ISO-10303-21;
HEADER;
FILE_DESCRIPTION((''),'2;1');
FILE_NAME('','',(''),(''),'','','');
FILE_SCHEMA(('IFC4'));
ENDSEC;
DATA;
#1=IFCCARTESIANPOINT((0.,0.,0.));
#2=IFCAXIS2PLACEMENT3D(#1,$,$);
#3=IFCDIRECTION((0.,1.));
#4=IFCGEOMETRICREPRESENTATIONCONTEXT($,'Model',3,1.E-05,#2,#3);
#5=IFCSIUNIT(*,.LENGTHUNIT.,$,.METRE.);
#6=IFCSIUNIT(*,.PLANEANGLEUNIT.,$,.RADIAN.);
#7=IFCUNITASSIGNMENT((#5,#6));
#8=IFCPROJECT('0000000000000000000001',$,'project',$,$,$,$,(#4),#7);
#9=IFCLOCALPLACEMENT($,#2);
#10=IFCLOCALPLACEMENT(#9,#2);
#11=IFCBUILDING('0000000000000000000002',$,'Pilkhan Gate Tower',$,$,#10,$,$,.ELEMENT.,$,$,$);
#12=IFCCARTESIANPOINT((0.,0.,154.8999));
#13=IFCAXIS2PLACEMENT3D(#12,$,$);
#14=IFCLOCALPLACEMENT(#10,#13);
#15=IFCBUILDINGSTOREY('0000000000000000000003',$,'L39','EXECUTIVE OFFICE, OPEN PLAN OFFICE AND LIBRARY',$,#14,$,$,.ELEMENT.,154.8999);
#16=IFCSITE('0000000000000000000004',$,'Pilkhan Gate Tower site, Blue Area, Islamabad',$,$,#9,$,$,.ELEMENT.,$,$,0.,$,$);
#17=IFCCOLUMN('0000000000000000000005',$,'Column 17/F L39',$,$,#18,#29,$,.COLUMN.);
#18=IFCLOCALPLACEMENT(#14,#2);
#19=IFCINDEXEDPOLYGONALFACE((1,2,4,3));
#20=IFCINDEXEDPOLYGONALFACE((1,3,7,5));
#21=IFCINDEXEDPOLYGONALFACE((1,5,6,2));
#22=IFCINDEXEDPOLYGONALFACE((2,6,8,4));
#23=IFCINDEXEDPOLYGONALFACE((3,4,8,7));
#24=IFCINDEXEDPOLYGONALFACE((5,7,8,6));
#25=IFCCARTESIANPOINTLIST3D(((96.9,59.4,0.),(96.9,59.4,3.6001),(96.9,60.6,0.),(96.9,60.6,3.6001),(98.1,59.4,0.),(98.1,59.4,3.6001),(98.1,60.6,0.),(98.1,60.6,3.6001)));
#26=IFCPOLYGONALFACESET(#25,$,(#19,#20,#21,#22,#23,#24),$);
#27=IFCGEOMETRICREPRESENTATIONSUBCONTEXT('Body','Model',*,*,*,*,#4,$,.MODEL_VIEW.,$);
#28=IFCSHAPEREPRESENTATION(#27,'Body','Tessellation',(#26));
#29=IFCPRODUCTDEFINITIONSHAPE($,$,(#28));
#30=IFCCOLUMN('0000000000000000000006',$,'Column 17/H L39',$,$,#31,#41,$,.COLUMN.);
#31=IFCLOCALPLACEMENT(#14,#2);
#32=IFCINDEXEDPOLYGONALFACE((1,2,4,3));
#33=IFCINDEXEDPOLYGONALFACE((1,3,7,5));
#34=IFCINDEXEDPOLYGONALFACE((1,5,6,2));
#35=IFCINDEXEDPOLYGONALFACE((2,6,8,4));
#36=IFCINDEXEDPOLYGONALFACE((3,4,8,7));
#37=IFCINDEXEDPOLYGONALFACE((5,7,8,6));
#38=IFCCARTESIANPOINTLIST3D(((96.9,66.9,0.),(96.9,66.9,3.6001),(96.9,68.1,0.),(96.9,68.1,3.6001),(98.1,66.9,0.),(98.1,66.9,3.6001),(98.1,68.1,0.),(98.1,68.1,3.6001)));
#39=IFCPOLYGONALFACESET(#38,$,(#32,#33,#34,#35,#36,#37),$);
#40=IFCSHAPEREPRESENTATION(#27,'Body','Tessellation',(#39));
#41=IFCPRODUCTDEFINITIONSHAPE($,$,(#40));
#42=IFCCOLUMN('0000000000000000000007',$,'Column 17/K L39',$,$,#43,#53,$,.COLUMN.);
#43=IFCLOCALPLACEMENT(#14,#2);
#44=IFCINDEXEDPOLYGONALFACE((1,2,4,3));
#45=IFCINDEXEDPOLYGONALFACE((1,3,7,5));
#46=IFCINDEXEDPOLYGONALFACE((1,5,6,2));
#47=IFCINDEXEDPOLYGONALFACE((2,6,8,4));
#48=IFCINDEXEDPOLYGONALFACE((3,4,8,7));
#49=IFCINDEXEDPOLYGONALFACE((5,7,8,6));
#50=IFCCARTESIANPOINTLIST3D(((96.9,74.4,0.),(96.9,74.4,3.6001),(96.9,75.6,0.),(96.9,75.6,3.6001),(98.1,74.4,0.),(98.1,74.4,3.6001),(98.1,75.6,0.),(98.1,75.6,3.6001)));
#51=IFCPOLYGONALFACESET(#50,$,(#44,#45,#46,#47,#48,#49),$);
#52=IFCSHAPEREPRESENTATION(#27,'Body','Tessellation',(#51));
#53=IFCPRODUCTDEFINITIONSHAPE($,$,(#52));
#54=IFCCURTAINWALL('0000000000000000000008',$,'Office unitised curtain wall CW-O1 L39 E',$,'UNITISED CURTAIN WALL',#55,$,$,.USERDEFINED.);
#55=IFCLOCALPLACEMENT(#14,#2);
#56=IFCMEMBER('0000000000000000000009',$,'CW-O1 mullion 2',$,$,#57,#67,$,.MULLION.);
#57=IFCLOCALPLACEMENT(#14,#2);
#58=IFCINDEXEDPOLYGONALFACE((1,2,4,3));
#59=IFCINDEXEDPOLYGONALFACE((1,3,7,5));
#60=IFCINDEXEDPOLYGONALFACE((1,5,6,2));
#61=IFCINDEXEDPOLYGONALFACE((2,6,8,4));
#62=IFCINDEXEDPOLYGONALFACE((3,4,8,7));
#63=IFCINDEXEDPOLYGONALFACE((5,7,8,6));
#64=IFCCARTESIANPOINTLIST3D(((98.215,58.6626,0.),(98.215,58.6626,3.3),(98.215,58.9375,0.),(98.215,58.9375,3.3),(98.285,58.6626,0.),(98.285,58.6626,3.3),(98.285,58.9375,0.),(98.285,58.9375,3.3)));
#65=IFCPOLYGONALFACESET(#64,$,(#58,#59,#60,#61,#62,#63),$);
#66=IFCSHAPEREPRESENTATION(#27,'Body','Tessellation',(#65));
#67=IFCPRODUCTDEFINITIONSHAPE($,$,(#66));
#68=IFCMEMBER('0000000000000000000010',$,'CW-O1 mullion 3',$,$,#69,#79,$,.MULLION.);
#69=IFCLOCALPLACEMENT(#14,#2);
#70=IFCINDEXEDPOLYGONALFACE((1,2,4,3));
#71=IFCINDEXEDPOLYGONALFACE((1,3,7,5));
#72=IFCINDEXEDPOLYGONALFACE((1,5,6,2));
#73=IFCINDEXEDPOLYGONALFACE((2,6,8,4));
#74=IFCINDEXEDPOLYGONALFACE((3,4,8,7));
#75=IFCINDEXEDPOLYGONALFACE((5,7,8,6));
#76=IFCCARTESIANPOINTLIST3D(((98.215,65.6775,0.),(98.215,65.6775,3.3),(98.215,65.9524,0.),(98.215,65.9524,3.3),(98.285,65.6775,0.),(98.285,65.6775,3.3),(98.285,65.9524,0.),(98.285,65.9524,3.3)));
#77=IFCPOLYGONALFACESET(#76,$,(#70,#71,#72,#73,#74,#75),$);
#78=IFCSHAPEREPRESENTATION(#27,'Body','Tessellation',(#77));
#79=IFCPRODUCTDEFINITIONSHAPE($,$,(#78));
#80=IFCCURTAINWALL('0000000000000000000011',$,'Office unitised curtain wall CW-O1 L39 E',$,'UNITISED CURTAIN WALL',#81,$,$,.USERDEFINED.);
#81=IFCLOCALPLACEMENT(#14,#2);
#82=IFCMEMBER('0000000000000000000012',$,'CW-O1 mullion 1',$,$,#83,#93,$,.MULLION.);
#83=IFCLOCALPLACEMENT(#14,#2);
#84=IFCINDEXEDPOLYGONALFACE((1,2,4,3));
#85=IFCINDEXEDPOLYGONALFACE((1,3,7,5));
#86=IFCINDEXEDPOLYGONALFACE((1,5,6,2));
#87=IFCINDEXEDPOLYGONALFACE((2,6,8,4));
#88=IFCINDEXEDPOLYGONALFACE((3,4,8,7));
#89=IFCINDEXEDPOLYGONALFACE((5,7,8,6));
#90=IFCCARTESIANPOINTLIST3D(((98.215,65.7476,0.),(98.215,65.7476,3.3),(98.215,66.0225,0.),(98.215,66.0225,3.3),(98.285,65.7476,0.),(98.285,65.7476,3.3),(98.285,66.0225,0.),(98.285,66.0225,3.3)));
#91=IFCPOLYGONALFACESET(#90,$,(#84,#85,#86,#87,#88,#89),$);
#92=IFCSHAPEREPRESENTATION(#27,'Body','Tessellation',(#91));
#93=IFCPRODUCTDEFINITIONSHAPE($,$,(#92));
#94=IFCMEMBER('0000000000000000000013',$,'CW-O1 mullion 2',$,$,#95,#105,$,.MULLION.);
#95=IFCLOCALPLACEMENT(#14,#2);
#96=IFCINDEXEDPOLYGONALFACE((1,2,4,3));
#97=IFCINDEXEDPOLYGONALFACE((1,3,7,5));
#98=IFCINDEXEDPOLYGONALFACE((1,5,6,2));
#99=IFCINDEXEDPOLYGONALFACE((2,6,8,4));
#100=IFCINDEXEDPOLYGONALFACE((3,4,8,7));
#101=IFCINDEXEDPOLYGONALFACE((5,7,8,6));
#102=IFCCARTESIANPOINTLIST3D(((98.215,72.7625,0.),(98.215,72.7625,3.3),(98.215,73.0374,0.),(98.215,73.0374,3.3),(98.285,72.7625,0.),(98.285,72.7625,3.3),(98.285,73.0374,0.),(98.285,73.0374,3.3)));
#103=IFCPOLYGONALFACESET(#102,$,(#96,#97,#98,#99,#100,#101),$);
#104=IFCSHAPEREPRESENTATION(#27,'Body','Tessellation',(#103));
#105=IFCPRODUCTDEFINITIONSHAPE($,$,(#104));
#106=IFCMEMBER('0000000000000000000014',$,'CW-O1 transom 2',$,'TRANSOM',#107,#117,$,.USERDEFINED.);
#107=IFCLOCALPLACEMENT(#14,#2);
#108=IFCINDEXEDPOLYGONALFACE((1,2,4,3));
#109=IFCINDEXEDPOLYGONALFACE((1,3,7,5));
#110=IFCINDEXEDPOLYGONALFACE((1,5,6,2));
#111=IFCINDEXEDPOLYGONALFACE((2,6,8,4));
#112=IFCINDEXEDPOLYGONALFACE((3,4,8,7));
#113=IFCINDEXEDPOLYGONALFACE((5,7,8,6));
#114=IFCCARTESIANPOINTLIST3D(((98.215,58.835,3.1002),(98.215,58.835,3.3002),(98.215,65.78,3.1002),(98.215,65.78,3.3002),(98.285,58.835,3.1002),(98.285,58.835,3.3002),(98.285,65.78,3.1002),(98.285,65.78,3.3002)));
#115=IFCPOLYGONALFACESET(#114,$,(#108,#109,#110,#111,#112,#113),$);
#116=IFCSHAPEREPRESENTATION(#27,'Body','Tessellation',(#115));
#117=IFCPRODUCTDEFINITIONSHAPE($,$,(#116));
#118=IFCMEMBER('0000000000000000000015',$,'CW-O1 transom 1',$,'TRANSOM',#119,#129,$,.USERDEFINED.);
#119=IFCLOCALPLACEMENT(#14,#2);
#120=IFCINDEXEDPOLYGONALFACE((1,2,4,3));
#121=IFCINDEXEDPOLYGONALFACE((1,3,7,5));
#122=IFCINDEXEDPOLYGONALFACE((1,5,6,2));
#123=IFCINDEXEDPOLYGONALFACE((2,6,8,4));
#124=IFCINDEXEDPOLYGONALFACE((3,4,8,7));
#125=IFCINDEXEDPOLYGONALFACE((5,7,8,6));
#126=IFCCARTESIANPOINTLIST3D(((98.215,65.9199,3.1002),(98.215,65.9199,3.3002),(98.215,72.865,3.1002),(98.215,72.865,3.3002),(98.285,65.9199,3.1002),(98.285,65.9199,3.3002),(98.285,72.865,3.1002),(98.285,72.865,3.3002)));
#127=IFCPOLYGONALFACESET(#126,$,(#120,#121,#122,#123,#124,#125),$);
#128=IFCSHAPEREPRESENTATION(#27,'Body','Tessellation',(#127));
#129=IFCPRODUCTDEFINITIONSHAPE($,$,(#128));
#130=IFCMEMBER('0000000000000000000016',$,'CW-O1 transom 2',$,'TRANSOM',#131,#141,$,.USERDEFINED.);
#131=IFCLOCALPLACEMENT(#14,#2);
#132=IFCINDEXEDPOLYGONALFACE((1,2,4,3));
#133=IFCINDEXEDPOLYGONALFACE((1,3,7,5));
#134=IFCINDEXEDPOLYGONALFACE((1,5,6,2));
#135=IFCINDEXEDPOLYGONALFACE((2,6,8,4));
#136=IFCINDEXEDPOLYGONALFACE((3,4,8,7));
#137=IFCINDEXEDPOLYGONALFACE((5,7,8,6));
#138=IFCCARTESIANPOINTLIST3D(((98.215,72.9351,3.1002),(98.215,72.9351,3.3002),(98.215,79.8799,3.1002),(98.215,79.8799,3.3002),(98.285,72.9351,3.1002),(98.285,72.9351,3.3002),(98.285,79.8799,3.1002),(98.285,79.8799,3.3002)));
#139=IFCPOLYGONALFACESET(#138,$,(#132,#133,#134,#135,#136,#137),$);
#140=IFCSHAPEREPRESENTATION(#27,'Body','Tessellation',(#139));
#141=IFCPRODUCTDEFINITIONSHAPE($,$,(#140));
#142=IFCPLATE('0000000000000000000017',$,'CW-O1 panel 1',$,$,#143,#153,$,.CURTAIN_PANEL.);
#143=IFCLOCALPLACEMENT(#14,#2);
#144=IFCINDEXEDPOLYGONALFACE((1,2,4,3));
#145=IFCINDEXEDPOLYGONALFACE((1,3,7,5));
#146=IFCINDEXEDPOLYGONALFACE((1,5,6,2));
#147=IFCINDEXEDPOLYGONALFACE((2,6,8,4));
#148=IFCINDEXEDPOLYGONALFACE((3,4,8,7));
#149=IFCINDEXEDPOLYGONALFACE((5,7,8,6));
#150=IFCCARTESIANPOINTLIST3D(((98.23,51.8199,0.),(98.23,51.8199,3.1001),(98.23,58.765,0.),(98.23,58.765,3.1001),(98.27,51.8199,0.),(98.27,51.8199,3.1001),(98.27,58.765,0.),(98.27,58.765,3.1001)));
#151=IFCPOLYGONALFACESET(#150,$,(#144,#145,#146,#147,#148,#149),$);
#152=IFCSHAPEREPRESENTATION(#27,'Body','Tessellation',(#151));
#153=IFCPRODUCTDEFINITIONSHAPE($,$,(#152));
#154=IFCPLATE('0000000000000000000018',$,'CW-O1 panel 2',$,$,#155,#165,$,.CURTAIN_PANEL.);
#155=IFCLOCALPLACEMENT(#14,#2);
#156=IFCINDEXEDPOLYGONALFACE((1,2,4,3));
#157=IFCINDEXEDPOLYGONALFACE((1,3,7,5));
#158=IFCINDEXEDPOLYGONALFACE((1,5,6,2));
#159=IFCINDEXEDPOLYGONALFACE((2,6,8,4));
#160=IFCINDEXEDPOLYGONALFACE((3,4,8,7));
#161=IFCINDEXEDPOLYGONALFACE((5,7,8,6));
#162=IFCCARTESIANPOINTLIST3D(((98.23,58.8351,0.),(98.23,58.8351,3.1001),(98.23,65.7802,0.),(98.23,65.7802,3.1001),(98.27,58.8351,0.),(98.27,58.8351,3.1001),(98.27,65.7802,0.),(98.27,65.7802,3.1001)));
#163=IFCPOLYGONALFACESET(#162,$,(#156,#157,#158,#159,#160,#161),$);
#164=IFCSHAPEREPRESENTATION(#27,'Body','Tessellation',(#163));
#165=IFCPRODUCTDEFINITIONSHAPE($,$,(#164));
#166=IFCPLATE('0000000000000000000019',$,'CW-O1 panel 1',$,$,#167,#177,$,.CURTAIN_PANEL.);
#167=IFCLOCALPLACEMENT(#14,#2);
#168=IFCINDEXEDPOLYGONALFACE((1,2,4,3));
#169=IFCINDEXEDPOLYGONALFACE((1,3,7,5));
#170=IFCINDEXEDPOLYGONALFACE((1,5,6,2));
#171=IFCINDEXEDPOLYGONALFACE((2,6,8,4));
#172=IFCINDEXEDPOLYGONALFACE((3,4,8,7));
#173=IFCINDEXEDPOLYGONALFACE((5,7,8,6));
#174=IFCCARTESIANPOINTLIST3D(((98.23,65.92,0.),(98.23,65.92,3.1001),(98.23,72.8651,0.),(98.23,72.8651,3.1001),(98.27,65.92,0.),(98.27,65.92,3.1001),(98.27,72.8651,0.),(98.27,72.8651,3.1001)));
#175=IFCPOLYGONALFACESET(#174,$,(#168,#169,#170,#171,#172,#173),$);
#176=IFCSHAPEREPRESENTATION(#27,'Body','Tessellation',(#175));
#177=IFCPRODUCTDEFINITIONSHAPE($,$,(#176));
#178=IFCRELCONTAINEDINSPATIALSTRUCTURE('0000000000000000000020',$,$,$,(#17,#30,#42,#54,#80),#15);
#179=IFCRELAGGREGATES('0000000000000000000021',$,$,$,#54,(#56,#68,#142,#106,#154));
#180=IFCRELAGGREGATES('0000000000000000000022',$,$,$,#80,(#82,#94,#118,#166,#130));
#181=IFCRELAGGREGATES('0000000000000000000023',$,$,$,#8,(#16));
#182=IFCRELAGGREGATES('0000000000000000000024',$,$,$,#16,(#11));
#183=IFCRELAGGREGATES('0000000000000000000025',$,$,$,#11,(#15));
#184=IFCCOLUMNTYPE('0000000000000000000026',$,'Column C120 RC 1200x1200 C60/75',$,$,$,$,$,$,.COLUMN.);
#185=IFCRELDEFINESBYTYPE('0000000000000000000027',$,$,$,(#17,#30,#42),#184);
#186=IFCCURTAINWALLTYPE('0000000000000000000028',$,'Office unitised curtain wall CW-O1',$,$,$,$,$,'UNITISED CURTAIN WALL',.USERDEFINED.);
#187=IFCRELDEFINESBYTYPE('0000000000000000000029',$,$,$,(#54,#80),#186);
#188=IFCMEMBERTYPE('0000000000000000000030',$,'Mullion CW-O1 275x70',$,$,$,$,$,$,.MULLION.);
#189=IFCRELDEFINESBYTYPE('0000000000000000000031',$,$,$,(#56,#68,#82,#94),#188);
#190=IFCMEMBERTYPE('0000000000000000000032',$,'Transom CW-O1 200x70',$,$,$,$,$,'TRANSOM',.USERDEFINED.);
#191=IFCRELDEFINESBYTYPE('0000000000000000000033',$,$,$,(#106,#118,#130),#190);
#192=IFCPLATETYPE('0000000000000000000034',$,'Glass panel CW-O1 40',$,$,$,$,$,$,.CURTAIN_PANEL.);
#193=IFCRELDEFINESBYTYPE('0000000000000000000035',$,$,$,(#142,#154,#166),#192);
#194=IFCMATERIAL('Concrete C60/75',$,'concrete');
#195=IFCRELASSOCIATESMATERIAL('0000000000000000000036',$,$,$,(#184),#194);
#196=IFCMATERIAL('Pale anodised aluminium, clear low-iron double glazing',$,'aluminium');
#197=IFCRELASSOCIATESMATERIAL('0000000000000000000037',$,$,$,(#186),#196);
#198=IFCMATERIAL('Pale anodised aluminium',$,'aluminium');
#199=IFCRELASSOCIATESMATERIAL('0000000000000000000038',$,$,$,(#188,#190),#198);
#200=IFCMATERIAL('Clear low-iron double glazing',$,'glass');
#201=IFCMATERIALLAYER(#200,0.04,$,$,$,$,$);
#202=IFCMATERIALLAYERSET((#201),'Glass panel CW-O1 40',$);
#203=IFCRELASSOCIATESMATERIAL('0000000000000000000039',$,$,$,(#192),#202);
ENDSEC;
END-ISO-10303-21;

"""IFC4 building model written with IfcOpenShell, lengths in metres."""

from ifc_helpers import new_model, si_unit, direction, frame, origin, origin_2d, place, context, subcontext, project, spatial, rectangle, extrude, material, layer, layer_set, material_profile, profile_set, type_object, element, aggregate, save


model = new_model("IFC4")

# Units and contexts
model_context = context("Model", 3, precision=1e-05, world=origin(), true_north=direction((0.0, 1.0)))
body_context = subcontext(model_context, "Body", "Model", "MODEL_VIEW")
ifc_project = project(units=[si_unit("LENGTHUNIT", "METRE"), si_unit("PLANEANGLEUNIT", "RADIAN")], contexts=[model_context])

# Site, building, storey
site_placement = place(None, origin())
site = spatial("IfcSite", under=ifc_project, at=site_placement, Name="Pilkhan Gate Tower site, Blue Area, Islamabad", CompositionType="ELEMENT", RefElevation=0.0)
building_placement = place(site_placement, origin())
building = spatial("IfcBuilding", under=site, at=building_placement, Name="Pilkhan Gate Tower", CompositionType="ELEMENT")
storey_placement = place(building_placement, frame((0.0, 0.0, 154.8999)))
storey = spatial("IfcBuildingStorey", under=building, at=storey_placement, Name="L39", Description="EXECUTIVE OFFICE, OPEN PLAN OFFICE AND LIBRARY", CompositionType="ELEMENT", Elevation=154.8999)

# Columns
ifc_material_1 = material(Name="Concrete C60/75", Category="concrete")
ifc_material_profile_1 = material_profile(ifc_material_1, rectangle(XDim=1.2, YDim=1.2, at=origin_2d()), Name="RC 1200x1200")
ifc_profile_set_1 = profile_set([ifc_material_profile_1], Name="Concrete C60/75")
column_type = type_object("IfcColumnType", Name="Column C120 RC 1200x1200 C60/75", PredefinedType="COLUMN", material=ifc_profile_set_1)
for number, where, z_axis, x_axis, name in (
    (1, (97.5, 60.0, 0.0), (0.0, 0.0, 1.0), (1.0, 0.0, 0.0), "Column 17/F L39"),
    (2, (97.5, 67.5, 0.0), (0.0, 0.0, 1.0), (1.0, 0.0, 0.0), "Column 17/H L39"),
    (3, (97.5, 75.0, 0.0), (0.0, 0.0, 1.0), (1.0, 0.0, 0.0), "Column 17/K L39"),
):
    element("IfcColumn", number, at=place(storey_placement, frame(where, z_axis=z_axis, x_axis=x_axis)), inside=storey, type_object=column_type, Name=name, PredefinedType="COLUMN", context=body_context, shape_type="SweptSolid", body=[
        extrude(rectangle(XDim=1.2, YDim=1.2, at=origin_2d()), origin(), (0.0, 0.0, 1.0), 3.6001),
    ])

# Curtain walls, members
ifc_material_2 = material(Name="Pale anodised aluminium, clear low-iron double glazing", Category="aluminium")
curtain_wall_type = type_object("IfcCurtainWallType", Name="Office unitised curtain wall CW-O1", ElementType="UNITISED CURTAIN WALL", PredefinedType="USERDEFINED", material=ifc_material_2)
curtain_wall_1_placement = place(storey_placement, origin())
curtain_wall_1 = element("IfcCurtainWall", 4, at=curtain_wall_1_placement, inside=storey, type_object=curtain_wall_type, Name="Office unitised curtain wall CW-O1 L39 E", ObjectType="UNITISED CURTAIN WALL", PredefinedType="USERDEFINED")
ifc_material_3 = material(Name="Pale anodised aluminium", Category="aluminium")
ifc_material_profile_2 = material_profile(ifc_material_3, rectangle(XDim=0.0701, YDim=0.2749, at=origin_2d()), Name="Mullion 275x70")
ifc_profile_set_2 = profile_set([ifc_material_profile_2], Name="Pale anodised aluminium")
member_type_1 = type_object("IfcMemberType", Name="Mullion CW-O1 275x70", PredefinedType="MULLION", material=ifc_profile_set_2)
member_1_placement = place(storey_placement, frame((98.25, 58.8, 0.0), z_axis=(0.0, 0.0, 1.0), x_axis=(-1.0, 0.0, 0.0)))
member_1 = element("IfcMember", 5, at=member_1_placement, type_object=member_type_1, Name="CW-O1 mullion 2", PredefinedType="MULLION", context=body_context, shape_type="SweptSolid", body=[
    extrude(rectangle(XDim=0.0701, YDim=0.2749, at=origin_2d()), origin(), (0.0, 0.0, 1.0), 3.3),
])
member_2_placement = place(storey_placement, frame((98.25, 65.8149, 0.0), z_axis=(0.0, 0.0, 1.0), x_axis=(-1.0, 0.0, 0.0)))
member_2 = element("IfcMember", 6, at=member_2_placement, type_object=member_type_1, Name="CW-O1 mullion 3", PredefinedType="MULLION", context=body_context, shape_type="SweptSolid", body=[
    extrude(rectangle(XDim=0.0701, YDim=0.2749, at=origin_2d()), origin(), (0.0, 0.0, 1.0), 3.3),
])
curtain_wall_2_placement = place(storey_placement, origin())
curtain_wall_2 = element("IfcCurtainWall", 7, at=curtain_wall_2_placement, inside=storey, type_object=curtain_wall_type, Name="Office unitised curtain wall CW-O1 L39 E", ObjectType="UNITISED CURTAIN WALL", PredefinedType="USERDEFINED")
member_3_placement = place(storey_placement, frame((98.25, 65.885, 0.0), z_axis=(0.0, 0.0, 1.0), x_axis=(-1.0, 0.0, 0.0)))
member_3 = element("IfcMember", 8, at=member_3_placement, type_object=member_type_1, Name="CW-O1 mullion 1", PredefinedType="MULLION", context=body_context, shape_type="SweptSolid", body=[
    extrude(rectangle(XDim=0.0701, YDim=0.2749, at=origin_2d()), origin(), (0.0, 0.0, 1.0), 3.3),
])
member_4_placement = place(storey_placement, frame((98.25, 72.8999, 0.0), z_axis=(0.0, 0.0, 1.0), x_axis=(-1.0, 0.0, 0.0)))
member_4 = element("IfcMember", 9, at=member_4_placement, type_object=member_type_1, Name="CW-O1 mullion 2", PredefinedType="MULLION", context=body_context, shape_type="SweptSolid", body=[
    extrude(rectangle(XDim=0.0701, YDim=0.2749, at=origin_2d()), origin(), (0.0, 0.0, 1.0), 3.3),
])

# Members
ifc_material_profile_3 = material_profile(ifc_material_3, rectangle(XDim=0.0701, YDim=0.2, at=origin_2d()), Name="Transom 200x70")
ifc_profile_set_3 = profile_set([ifc_material_profile_3], Name="Pale anodised aluminium")
member_type_2 = type_object("IfcMemberType", Name="Transom CW-O1 200x70", ElementType="TRANSOM", PredefinedType="USERDEFINED", material=ifc_profile_set_3)
member_5_placement = place(storey_placement, frame((98.25, 58.835, 3.2002), z_axis=(0.0, 1.0, 0.0), x_axis=(-1.0, 0.0, 0.0)))
member_5 = element("IfcMember", 10, at=member_5_placement, type_object=member_type_2, Name="CW-O1 transom 2", ObjectType="TRANSOM", PredefinedType="USERDEFINED", context=body_context, shape_type="SweptSolid", body=[
    extrude(rectangle(XDim=0.0701, YDim=0.2, at=origin_2d()), origin(), (0.0, 0.0, 1.0), 6.9451),
])
member_6_placement = place(storey_placement, frame((98.25, 65.9199, 3.2002), z_axis=(0.0, 1.0, 0.0), x_axis=(-1.0, 0.0, 0.0)))
member_6 = element("IfcMember", 11, at=member_6_placement, type_object=member_type_2, Name="CW-O1 transom 1", ObjectType="TRANSOM", PredefinedType="USERDEFINED", context=body_context, shape_type="SweptSolid", body=[
    extrude(rectangle(XDim=0.0701, YDim=0.2, at=origin_2d()), origin(), (0.0, 0.0, 1.0), 6.9451),
])
member_7_placement = place(storey_placement, frame((98.25, 72.9351, 3.2002), z_axis=(0.0, 1.0, 0.0), x_axis=(-1.0, 0.0, 0.0)))
member_7 = element("IfcMember", 12, at=member_7_placement, type_object=member_type_2, Name="CW-O1 transom 2", ObjectType="TRANSOM", PredefinedType="USERDEFINED", context=body_context, shape_type="SweptSolid", body=[
    extrude(rectangle(XDim=0.0701, YDim=0.2, at=origin_2d()), origin(), (0.0, 0.0, 1.0), 6.9448),
])

# Plates
ifc_material_4 = material(Name="Clear low-iron double glazing", Category="glass")
ifc_layer_1 = layer(ifc_material_4, 0.04)
ifc_layer_set_1 = layer_set([ifc_layer_1], Name="Glass panel CW-O1 40")
plate_type = type_object("IfcPlateType", Name="Glass panel CW-O1 40", PredefinedType="CURTAIN_PANEL", material=ifc_layer_set_1)
plate_1_placement = place(storey_placement, frame((98.25, 55.2925, 0.0), z_axis=(0.0, 0.0, 1.0), x_axis=(0.0, 1.0, 0.0)))
plate_1 = element("IfcPlate", 13, at=plate_1_placement, type_object=plate_type, Name="CW-O1 panel 1", PredefinedType="CURTAIN_PANEL", context=body_context, shape_type="SweptSolid", body=[
    extrude(rectangle(XDim=6.9451, YDim=0.04, at=origin_2d()), origin(), (0.0, 0.0, 1.0), 3.1001),
])
plate_2_placement = place(storey_placement, frame((98.25, 62.3076, 0.0), z_axis=(0.0, 0.0, 1.0), x_axis=(0.0, 1.0, 0.0)))
plate_2 = element("IfcPlate", 14, at=plate_2_placement, type_object=plate_type, Name="CW-O1 panel 2", PredefinedType="CURTAIN_PANEL", context=body_context, shape_type="SweptSolid", body=[
    extrude(rectangle(XDim=6.9451, YDim=0.04, at=origin_2d()), origin(), (0.0, 0.0, 1.0), 3.1001),
])
aggregate(curtain_wall_1, [member_1, member_2, plate_1, member_5, plate_2])
plate_3_placement = place(storey_placement, frame((98.25, 69.3926, 0.0), z_axis=(0.0, 0.0, 1.0), x_axis=(0.0, 1.0, 0.0)))
plate_3 = element("IfcPlate", 15, at=plate_3_placement, type_object=plate_type, Name="CW-O1 panel 1", PredefinedType="CURTAIN_PANEL", context=body_context, shape_type="SweptSolid", body=[
    extrude(rectangle(XDim=6.9451, YDim=0.04, at=origin_2d()), origin(), (0.0, 0.0, 1.0), 3.1001),
])
aggregate(curtain_wall_2, [member_3, member_4, member_6, plate_3, member_7])

save(model, "model.ifc")
